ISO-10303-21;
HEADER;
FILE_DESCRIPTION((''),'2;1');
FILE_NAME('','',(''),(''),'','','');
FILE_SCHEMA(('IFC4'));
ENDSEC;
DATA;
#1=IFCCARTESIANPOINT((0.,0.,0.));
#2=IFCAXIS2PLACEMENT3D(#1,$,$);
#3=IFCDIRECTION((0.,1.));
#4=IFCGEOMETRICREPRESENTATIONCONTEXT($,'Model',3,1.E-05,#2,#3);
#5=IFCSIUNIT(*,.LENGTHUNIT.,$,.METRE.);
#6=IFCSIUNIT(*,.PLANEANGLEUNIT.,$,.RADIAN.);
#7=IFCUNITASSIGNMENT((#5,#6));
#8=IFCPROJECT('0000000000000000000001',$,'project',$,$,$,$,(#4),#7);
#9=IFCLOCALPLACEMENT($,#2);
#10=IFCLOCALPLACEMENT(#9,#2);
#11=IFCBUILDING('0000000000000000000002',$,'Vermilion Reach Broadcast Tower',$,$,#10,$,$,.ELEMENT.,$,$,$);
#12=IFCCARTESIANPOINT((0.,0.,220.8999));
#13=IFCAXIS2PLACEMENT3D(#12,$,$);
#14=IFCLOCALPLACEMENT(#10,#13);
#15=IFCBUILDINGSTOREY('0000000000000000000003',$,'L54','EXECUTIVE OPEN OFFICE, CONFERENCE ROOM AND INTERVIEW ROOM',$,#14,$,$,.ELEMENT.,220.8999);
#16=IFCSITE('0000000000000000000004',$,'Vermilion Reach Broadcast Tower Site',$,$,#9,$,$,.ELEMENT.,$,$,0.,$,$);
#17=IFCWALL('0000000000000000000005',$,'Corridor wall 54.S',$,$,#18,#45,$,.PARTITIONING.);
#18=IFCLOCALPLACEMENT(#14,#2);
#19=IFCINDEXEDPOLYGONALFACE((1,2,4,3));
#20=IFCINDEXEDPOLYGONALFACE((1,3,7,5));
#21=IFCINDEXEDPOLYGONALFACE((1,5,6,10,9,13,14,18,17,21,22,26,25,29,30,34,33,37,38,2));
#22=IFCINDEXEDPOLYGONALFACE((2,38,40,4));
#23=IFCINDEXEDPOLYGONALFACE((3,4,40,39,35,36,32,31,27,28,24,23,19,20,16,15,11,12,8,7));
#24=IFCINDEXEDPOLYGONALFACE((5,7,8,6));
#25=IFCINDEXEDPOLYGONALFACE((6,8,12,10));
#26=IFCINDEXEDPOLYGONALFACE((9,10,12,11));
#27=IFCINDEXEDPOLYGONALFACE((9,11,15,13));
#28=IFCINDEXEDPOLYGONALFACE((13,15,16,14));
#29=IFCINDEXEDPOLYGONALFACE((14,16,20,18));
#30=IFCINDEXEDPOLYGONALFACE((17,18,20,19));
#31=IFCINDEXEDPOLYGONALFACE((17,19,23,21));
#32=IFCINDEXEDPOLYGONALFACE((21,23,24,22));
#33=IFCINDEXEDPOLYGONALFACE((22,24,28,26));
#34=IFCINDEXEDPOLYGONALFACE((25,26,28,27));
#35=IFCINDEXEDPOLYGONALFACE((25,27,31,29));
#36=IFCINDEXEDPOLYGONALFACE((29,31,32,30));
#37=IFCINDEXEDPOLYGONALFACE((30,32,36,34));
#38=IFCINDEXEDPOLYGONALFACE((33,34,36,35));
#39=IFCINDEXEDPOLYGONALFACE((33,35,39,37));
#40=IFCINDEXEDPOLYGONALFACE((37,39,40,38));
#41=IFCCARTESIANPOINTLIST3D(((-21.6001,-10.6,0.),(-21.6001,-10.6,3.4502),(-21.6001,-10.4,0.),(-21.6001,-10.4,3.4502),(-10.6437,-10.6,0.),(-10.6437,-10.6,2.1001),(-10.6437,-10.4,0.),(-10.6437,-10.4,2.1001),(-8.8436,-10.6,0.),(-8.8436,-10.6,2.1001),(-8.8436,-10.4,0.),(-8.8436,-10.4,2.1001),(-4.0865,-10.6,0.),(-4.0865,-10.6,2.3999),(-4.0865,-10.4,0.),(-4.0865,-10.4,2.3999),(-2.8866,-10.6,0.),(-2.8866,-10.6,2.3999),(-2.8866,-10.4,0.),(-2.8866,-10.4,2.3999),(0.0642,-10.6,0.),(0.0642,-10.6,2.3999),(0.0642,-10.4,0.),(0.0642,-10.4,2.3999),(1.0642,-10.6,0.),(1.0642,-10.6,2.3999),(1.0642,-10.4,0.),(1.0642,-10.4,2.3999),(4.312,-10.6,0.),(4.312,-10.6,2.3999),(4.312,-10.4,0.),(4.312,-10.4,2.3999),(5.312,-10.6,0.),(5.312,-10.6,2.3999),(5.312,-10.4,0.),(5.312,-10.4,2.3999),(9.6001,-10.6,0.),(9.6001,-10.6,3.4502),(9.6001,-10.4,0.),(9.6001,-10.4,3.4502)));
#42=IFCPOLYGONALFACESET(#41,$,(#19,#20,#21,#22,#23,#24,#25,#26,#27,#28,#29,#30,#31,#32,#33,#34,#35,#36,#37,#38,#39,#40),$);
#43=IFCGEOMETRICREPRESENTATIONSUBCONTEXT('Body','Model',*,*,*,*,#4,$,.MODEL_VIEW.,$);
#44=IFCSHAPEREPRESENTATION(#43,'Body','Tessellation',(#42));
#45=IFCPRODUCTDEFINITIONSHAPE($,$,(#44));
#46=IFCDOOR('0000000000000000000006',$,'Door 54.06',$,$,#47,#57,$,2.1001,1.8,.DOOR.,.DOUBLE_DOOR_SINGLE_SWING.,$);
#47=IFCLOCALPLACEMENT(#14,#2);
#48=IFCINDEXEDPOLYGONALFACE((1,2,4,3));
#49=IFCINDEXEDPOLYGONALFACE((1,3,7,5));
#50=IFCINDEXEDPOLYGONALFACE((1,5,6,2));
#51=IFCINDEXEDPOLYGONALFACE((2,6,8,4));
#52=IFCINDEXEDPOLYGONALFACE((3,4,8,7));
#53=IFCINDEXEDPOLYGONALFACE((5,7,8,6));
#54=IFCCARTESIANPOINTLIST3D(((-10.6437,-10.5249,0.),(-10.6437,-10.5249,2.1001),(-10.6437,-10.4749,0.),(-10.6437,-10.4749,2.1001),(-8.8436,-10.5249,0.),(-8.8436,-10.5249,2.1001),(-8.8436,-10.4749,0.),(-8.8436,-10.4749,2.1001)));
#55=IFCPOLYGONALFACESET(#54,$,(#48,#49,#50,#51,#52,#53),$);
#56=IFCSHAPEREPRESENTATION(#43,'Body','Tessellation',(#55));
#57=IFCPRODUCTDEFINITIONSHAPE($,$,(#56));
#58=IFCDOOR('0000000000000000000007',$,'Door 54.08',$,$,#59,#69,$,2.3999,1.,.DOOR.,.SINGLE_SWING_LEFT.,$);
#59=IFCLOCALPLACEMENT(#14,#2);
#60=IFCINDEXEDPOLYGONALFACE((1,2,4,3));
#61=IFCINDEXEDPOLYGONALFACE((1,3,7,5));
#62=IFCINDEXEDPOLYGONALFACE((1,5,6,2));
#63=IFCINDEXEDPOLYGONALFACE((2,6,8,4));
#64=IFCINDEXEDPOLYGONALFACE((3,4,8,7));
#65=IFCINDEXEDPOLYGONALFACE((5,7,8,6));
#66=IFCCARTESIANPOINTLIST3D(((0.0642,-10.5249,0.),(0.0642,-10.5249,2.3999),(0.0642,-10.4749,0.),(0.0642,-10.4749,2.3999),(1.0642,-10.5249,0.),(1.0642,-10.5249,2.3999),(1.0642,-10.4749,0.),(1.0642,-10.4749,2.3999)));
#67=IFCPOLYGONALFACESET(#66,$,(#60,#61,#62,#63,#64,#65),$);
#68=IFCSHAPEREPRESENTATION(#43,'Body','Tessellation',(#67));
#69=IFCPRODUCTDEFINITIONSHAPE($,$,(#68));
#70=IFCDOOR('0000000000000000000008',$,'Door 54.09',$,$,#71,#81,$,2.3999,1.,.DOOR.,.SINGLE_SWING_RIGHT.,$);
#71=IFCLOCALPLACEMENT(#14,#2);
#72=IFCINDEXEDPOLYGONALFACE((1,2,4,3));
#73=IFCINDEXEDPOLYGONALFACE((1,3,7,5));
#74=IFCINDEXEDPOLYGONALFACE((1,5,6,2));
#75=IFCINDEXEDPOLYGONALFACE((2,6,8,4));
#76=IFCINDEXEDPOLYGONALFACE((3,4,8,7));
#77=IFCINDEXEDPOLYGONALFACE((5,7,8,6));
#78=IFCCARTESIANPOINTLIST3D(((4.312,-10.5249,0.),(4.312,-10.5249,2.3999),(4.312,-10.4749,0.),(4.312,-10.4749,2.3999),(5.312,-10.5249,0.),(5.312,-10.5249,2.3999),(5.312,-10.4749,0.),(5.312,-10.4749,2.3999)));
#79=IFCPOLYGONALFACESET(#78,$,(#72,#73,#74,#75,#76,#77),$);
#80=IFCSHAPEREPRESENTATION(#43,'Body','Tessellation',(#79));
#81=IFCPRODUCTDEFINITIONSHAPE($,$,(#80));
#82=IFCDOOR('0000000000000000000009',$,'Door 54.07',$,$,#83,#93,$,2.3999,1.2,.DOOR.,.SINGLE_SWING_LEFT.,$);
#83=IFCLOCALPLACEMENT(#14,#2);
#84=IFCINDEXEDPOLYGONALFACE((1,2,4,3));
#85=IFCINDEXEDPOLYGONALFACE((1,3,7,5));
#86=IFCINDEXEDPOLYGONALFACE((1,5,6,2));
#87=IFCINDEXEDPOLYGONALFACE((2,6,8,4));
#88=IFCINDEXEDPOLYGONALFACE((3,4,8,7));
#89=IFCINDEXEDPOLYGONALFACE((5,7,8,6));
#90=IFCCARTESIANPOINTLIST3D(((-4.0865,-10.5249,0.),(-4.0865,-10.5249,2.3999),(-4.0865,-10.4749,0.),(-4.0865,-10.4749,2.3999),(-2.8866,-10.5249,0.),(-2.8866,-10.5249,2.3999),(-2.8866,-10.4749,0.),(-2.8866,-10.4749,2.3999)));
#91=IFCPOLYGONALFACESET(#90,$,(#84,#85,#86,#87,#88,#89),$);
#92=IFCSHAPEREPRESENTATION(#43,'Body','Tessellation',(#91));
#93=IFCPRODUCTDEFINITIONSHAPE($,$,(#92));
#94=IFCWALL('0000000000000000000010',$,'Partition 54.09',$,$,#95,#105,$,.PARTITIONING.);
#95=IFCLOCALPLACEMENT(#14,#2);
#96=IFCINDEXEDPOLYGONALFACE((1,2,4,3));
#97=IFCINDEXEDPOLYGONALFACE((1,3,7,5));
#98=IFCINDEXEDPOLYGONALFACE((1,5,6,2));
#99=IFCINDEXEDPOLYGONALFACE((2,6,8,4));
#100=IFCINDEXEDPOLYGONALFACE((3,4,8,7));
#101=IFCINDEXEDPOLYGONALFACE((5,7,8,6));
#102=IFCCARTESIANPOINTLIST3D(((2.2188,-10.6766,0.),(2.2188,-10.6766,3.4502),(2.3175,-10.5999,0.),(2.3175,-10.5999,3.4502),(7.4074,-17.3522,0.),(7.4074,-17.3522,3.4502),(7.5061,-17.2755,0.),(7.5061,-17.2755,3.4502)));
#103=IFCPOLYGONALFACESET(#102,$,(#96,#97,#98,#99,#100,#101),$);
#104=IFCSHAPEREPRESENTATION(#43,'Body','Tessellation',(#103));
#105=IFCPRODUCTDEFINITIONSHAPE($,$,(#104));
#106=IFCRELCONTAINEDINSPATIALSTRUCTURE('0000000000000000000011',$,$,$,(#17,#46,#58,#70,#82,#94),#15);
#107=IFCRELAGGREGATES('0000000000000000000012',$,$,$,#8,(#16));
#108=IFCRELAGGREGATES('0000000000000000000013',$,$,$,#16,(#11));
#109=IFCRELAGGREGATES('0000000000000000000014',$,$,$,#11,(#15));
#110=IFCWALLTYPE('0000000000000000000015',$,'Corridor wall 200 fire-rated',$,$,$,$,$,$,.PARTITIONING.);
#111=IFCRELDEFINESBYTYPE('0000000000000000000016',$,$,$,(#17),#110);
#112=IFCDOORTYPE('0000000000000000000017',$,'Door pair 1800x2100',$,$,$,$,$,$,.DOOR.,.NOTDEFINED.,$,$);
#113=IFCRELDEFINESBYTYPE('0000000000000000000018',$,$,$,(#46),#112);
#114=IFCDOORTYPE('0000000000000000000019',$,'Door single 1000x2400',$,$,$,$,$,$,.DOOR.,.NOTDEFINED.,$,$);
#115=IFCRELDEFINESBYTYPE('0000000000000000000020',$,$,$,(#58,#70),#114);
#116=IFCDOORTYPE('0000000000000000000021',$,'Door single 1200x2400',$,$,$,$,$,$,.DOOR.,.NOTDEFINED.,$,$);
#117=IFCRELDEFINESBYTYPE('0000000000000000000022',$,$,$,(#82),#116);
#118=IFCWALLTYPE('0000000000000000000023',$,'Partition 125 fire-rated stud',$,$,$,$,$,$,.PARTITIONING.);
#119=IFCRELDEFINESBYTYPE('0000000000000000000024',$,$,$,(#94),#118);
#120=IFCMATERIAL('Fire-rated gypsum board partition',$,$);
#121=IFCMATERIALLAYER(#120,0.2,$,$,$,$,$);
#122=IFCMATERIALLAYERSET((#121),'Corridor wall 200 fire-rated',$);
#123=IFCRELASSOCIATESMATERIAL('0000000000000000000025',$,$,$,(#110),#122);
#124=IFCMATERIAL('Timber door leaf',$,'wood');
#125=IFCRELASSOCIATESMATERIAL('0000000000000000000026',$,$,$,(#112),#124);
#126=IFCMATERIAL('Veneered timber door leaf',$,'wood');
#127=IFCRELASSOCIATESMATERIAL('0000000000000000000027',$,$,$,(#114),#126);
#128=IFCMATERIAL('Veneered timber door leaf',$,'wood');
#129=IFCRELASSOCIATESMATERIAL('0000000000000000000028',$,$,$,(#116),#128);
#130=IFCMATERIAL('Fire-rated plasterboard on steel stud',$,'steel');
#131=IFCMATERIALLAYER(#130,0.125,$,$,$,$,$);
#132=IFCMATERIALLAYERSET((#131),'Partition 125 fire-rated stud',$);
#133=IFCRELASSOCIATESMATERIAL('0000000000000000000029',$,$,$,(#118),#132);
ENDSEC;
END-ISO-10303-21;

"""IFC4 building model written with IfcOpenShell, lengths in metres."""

from ifc_helpers import new_model, si_unit, direction, frame, frame_2d, origin, place, context, subcontext, project, spatial, rectangle, extrude, material, layer, layer_set, type_object, element, fill, save


model = new_model("IFC4")

# Units and contexts
model_context = context("Model", 3, precision=1e-05, world=origin(), true_north=direction((0.0, 1.0)))
body_context = subcontext(model_context, "Body", "Model", "MODEL_VIEW")
ifc_project = project(units=[si_unit("LENGTHUNIT", "METRE"), si_unit("PLANEANGLEUNIT", "RADIAN")], contexts=[model_context])

# Site, building, storey
site_placement = place(None, origin())
site = spatial("IfcSite", under=ifc_project, at=site_placement, Name="Vermilion Reach Broadcast Tower Site", CompositionType="ELEMENT", RefElevation=0.0)
building_placement = place(site_placement, origin())
building = spatial("IfcBuilding", under=site, at=building_placement, Name="Vermilion Reach Broadcast Tower", CompositionType="ELEMENT")
storey_placement = place(building_placement, frame((0.0, 0.0, 220.8999)))
storey = spatial("IfcBuildingStorey", under=building, at=storey_placement, Name="L54", Description="EXECUTIVE OPEN OFFICE, CONFERENCE ROOM AND INTERVIEW ROOM", CompositionType="ELEMENT", Elevation=220.8999)

# Wall, openings, doors
ifc_material_1 = material(Name="Fire-rated gypsum board partition")
ifc_layer_1 = layer(ifc_material_1, 0.2)
ifc_layer_set_1 = layer_set([ifc_layer_1], Name="Corridor wall 200 fire-rated")
wall_type_1 = type_object("IfcWallType", Name="Corridor wall 200 fire-rated", PredefinedType="PARTITIONING", material=ifc_layer_set_1)
wall_1_placement = place(storey_placement, frame((9.6001, -10.5, 0.0), z_axis=(0.0, 0.0, 1.0), x_axis=(-1.0, 0.0, 0.0)))
wall_1 = element("IfcWall", 1, at=wall_1_placement, inside=storey, type_object=wall_type_1, Name="Corridor wall 54.S", PredefinedType="PARTITIONING", context=body_context, shape_type="SweptSolid", body=[
    extrude(rectangle(XDim=31.2002, YDim=0.2, at=frame_2d((15.6001, 0.0))), origin(), (0.0, 0.0, 1.0), 3.4502),
])
opening_1_placement = place(wall_1_placement, frame((18.4438, 0.0, 0.0)))
opening_1 = element("IfcOpeningElement", 2, at=opening_1_placement, cuts=wall_1, PredefinedType="OPENING", context=body_context, shape_type="SweptSolid", body=[
    extrude(rectangle(XDim=1.8, YDim=2.1001, at=frame_2d((0.8999, 1.05))), frame((0.0, 0.1099, 0.0), z_axis=(0.0, -1.0, 0.0), x_axis=(1.0, 0.0, 0.0)), (0.0, 0.0, 1.0), 0.22),
])
opening_2_placement = place(wall_1_placement, frame((12.4866, 0.0, 0.0)))
opening_2 = element("IfcOpeningElement", 3, at=opening_2_placement, cuts=wall_1, PredefinedType="OPENING", context=body_context, shape_type="SweptSolid", body=[
    extrude(rectangle(XDim=1.2, YDim=2.3999, at=frame_2d((0.6001, 1.2))), frame((0.0, 0.1099, 0.0), z_axis=(0.0, -1.0, 0.0), x_axis=(1.0, 0.0, 0.0)), (0.0, 0.0, 1.0), 0.22),
])
opening_3_placement = place(wall_1_placement, frame((8.5359, 0.0, 0.0)))
opening_3 = element("IfcOpeningElement", 4, at=opening_3_placement, cuts=wall_1, PredefinedType="OPENING", context=body_context, shape_type="SweptSolid", body=[
    extrude(rectangle(XDim=1.0, YDim=2.3999, at=frame_2d((0.5, 1.2))), frame((0.0, 0.1099, 0.0), z_axis=(0.0, -1.0, 0.0), x_axis=(1.0, 0.0, 0.0)), (0.0, 0.0, 1.0), 0.22),
])
opening_4_placement = place(wall_1_placement, frame((4.2881, 0.0, 0.0)))
opening_4 = element("IfcOpeningElement", 5, at=opening_4_placement, cuts=wall_1, PredefinedType="OPENING", context=body_context, shape_type="SweptSolid", body=[
    extrude(rectangle(XDim=1.0, YDim=2.3999, at=frame_2d((0.5, 1.2))), frame((0.0, 0.1099, 0.0), z_axis=(0.0, -1.0, 0.0), x_axis=(1.0, 0.0, 0.0)), (0.0, 0.0, 1.0), 0.22),
])
ifc_material_2 = material(Name="Timber door leaf", Category="wood")
door_type_1 = type_object("IfcDoorType", Name="Door pair 1800x2100", OperationType="NOTDEFINED", PredefinedType="DOOR", material=ifc_material_2)
door_1_placement = place(opening_1_placement, origin())
door_1 = element("IfcDoor", 6, at=door_1_placement, inside=storey, type_object=door_type_1, Name="Door 54.06", OperationType="DOUBLE_DOOR_SINGLE_SWING", OverallHeight=2.1001, OverallWidth=1.8, PredefinedType="DOOR", context=body_context, shape_type="SweptSolid", body=[
    extrude(rectangle(XDim=1.8, YDim=2.1001, at=frame_2d((0.8999, 1.05))), frame((0.0, 0.0249, 0.0), z_axis=(0.0, -1.0, 0.0), x_axis=(1.0, 0.0, 0.0)), (0.0, 0.0, 1.0), 0.05),
])
fill(opening_1, door_1)
ifc_material_3 = material(Name="Veneered timber door leaf", Category="wood")
door_type_2 = type_object("IfcDoorType", Name="Door single 1000x2400", OperationType="NOTDEFINED", PredefinedType="DOOR", material=ifc_material_3)
door_2_placement = place(opening_3_placement, origin())
door_2 = element("IfcDoor", 7, at=door_2_placement, inside=storey, type_object=door_type_2, Name="Door 54.08", OperationType="SINGLE_SWING_LEFT", OverallHeight=2.3999, OverallWidth=1.0, PredefinedType="DOOR", context=body_context, shape_type="SweptSolid", body=[
    extrude(rectangle(XDim=1.0, YDim=2.3999, at=frame_2d((0.5, 1.2))), frame((0.0, 0.0249, 0.0), z_axis=(0.0, -1.0, 0.0), x_axis=(1.0, 0.0, 0.0)), (0.0, 0.0, 1.0), 0.05),
])
fill(opening_3, door_2)
door_3_placement = place(opening_4_placement, origin())
door_3 = element("IfcDoor", 8, at=door_3_placement, inside=storey, type_object=door_type_2, Name="Door 54.09", OperationType="SINGLE_SWING_RIGHT", OverallHeight=2.3999, OverallWidth=1.0, PredefinedType="DOOR", context=body_context, shape_type="SweptSolid", body=[
    extrude(rectangle(XDim=1.0, YDim=2.3999, at=frame_2d((0.5, 1.2))), frame((0.0, 0.0249, 0.0), z_axis=(0.0, -1.0, 0.0), x_axis=(1.0, 0.0, 0.0)), (0.0, 0.0, 1.0), 0.05),
])
fill(opening_4, door_3)
ifc_material_4 = material(Name="Veneered timber door leaf", Category="wood")
door_type_3 = type_object("IfcDoorType", Name="Door single 1200x2400", OperationType="NOTDEFINED", PredefinedType="DOOR", material=ifc_material_4)
door_4_placement = place(opening_2_placement, origin())
door_4 = element("IfcDoor", 9, at=door_4_placement, inside=storey, type_object=door_type_3, Name="Door 54.07", OperationType="SINGLE_SWING_LEFT", OverallHeight=2.3999, OverallWidth=1.2, PredefinedType="DOOR", context=body_context, shape_type="SweptSolid", body=[
    extrude(rectangle(XDim=1.2, YDim=2.3999, at=frame_2d((0.6001, 1.2))), frame((0.0, 0.0249, 0.0), z_axis=(0.0, -1.0, 0.0), x_axis=(1.0, 0.0, 0.0)), (0.0, 0.0, 1.0), 0.05),
])
fill(opening_2, door_4)

# Wall
ifc_material_5 = material(Name="Fire-rated plasterboard on steel stud", Category="steel")
ifc_layer_2 = layer(ifc_material_5, 0.125)
ifc_layer_set_2 = layer_set([ifc_layer_2], Name="Partition 125 fire-rated stud")
wall_type_2 = type_object("IfcWallType", Name="Partition 125 fire-rated stud", PredefinedType="PARTITIONING", material=ifc_layer_set_2)
wall_2_placement = place(storey_placement, frame((7.4568, -17.314, 0.0), z_axis=(0.0, 0.0, 1.0), x_axis=(-0.613675, 0.789559, 0.0)))
element("IfcWall", 10, at=wall_2_placement, inside=storey, type_object=wall_type_2, Name="Partition 54.09", PredefinedType="PARTITIONING", context=body_context, shape_type="SweptSolid", body=[
    extrude(rectangle(XDim=8.4548, YDim=0.125, at=frame_2d((4.2275, 0.0))), origin(), (0.0, 0.0, 1.0), 3.4502),
])

save(model, "model.ifc")
